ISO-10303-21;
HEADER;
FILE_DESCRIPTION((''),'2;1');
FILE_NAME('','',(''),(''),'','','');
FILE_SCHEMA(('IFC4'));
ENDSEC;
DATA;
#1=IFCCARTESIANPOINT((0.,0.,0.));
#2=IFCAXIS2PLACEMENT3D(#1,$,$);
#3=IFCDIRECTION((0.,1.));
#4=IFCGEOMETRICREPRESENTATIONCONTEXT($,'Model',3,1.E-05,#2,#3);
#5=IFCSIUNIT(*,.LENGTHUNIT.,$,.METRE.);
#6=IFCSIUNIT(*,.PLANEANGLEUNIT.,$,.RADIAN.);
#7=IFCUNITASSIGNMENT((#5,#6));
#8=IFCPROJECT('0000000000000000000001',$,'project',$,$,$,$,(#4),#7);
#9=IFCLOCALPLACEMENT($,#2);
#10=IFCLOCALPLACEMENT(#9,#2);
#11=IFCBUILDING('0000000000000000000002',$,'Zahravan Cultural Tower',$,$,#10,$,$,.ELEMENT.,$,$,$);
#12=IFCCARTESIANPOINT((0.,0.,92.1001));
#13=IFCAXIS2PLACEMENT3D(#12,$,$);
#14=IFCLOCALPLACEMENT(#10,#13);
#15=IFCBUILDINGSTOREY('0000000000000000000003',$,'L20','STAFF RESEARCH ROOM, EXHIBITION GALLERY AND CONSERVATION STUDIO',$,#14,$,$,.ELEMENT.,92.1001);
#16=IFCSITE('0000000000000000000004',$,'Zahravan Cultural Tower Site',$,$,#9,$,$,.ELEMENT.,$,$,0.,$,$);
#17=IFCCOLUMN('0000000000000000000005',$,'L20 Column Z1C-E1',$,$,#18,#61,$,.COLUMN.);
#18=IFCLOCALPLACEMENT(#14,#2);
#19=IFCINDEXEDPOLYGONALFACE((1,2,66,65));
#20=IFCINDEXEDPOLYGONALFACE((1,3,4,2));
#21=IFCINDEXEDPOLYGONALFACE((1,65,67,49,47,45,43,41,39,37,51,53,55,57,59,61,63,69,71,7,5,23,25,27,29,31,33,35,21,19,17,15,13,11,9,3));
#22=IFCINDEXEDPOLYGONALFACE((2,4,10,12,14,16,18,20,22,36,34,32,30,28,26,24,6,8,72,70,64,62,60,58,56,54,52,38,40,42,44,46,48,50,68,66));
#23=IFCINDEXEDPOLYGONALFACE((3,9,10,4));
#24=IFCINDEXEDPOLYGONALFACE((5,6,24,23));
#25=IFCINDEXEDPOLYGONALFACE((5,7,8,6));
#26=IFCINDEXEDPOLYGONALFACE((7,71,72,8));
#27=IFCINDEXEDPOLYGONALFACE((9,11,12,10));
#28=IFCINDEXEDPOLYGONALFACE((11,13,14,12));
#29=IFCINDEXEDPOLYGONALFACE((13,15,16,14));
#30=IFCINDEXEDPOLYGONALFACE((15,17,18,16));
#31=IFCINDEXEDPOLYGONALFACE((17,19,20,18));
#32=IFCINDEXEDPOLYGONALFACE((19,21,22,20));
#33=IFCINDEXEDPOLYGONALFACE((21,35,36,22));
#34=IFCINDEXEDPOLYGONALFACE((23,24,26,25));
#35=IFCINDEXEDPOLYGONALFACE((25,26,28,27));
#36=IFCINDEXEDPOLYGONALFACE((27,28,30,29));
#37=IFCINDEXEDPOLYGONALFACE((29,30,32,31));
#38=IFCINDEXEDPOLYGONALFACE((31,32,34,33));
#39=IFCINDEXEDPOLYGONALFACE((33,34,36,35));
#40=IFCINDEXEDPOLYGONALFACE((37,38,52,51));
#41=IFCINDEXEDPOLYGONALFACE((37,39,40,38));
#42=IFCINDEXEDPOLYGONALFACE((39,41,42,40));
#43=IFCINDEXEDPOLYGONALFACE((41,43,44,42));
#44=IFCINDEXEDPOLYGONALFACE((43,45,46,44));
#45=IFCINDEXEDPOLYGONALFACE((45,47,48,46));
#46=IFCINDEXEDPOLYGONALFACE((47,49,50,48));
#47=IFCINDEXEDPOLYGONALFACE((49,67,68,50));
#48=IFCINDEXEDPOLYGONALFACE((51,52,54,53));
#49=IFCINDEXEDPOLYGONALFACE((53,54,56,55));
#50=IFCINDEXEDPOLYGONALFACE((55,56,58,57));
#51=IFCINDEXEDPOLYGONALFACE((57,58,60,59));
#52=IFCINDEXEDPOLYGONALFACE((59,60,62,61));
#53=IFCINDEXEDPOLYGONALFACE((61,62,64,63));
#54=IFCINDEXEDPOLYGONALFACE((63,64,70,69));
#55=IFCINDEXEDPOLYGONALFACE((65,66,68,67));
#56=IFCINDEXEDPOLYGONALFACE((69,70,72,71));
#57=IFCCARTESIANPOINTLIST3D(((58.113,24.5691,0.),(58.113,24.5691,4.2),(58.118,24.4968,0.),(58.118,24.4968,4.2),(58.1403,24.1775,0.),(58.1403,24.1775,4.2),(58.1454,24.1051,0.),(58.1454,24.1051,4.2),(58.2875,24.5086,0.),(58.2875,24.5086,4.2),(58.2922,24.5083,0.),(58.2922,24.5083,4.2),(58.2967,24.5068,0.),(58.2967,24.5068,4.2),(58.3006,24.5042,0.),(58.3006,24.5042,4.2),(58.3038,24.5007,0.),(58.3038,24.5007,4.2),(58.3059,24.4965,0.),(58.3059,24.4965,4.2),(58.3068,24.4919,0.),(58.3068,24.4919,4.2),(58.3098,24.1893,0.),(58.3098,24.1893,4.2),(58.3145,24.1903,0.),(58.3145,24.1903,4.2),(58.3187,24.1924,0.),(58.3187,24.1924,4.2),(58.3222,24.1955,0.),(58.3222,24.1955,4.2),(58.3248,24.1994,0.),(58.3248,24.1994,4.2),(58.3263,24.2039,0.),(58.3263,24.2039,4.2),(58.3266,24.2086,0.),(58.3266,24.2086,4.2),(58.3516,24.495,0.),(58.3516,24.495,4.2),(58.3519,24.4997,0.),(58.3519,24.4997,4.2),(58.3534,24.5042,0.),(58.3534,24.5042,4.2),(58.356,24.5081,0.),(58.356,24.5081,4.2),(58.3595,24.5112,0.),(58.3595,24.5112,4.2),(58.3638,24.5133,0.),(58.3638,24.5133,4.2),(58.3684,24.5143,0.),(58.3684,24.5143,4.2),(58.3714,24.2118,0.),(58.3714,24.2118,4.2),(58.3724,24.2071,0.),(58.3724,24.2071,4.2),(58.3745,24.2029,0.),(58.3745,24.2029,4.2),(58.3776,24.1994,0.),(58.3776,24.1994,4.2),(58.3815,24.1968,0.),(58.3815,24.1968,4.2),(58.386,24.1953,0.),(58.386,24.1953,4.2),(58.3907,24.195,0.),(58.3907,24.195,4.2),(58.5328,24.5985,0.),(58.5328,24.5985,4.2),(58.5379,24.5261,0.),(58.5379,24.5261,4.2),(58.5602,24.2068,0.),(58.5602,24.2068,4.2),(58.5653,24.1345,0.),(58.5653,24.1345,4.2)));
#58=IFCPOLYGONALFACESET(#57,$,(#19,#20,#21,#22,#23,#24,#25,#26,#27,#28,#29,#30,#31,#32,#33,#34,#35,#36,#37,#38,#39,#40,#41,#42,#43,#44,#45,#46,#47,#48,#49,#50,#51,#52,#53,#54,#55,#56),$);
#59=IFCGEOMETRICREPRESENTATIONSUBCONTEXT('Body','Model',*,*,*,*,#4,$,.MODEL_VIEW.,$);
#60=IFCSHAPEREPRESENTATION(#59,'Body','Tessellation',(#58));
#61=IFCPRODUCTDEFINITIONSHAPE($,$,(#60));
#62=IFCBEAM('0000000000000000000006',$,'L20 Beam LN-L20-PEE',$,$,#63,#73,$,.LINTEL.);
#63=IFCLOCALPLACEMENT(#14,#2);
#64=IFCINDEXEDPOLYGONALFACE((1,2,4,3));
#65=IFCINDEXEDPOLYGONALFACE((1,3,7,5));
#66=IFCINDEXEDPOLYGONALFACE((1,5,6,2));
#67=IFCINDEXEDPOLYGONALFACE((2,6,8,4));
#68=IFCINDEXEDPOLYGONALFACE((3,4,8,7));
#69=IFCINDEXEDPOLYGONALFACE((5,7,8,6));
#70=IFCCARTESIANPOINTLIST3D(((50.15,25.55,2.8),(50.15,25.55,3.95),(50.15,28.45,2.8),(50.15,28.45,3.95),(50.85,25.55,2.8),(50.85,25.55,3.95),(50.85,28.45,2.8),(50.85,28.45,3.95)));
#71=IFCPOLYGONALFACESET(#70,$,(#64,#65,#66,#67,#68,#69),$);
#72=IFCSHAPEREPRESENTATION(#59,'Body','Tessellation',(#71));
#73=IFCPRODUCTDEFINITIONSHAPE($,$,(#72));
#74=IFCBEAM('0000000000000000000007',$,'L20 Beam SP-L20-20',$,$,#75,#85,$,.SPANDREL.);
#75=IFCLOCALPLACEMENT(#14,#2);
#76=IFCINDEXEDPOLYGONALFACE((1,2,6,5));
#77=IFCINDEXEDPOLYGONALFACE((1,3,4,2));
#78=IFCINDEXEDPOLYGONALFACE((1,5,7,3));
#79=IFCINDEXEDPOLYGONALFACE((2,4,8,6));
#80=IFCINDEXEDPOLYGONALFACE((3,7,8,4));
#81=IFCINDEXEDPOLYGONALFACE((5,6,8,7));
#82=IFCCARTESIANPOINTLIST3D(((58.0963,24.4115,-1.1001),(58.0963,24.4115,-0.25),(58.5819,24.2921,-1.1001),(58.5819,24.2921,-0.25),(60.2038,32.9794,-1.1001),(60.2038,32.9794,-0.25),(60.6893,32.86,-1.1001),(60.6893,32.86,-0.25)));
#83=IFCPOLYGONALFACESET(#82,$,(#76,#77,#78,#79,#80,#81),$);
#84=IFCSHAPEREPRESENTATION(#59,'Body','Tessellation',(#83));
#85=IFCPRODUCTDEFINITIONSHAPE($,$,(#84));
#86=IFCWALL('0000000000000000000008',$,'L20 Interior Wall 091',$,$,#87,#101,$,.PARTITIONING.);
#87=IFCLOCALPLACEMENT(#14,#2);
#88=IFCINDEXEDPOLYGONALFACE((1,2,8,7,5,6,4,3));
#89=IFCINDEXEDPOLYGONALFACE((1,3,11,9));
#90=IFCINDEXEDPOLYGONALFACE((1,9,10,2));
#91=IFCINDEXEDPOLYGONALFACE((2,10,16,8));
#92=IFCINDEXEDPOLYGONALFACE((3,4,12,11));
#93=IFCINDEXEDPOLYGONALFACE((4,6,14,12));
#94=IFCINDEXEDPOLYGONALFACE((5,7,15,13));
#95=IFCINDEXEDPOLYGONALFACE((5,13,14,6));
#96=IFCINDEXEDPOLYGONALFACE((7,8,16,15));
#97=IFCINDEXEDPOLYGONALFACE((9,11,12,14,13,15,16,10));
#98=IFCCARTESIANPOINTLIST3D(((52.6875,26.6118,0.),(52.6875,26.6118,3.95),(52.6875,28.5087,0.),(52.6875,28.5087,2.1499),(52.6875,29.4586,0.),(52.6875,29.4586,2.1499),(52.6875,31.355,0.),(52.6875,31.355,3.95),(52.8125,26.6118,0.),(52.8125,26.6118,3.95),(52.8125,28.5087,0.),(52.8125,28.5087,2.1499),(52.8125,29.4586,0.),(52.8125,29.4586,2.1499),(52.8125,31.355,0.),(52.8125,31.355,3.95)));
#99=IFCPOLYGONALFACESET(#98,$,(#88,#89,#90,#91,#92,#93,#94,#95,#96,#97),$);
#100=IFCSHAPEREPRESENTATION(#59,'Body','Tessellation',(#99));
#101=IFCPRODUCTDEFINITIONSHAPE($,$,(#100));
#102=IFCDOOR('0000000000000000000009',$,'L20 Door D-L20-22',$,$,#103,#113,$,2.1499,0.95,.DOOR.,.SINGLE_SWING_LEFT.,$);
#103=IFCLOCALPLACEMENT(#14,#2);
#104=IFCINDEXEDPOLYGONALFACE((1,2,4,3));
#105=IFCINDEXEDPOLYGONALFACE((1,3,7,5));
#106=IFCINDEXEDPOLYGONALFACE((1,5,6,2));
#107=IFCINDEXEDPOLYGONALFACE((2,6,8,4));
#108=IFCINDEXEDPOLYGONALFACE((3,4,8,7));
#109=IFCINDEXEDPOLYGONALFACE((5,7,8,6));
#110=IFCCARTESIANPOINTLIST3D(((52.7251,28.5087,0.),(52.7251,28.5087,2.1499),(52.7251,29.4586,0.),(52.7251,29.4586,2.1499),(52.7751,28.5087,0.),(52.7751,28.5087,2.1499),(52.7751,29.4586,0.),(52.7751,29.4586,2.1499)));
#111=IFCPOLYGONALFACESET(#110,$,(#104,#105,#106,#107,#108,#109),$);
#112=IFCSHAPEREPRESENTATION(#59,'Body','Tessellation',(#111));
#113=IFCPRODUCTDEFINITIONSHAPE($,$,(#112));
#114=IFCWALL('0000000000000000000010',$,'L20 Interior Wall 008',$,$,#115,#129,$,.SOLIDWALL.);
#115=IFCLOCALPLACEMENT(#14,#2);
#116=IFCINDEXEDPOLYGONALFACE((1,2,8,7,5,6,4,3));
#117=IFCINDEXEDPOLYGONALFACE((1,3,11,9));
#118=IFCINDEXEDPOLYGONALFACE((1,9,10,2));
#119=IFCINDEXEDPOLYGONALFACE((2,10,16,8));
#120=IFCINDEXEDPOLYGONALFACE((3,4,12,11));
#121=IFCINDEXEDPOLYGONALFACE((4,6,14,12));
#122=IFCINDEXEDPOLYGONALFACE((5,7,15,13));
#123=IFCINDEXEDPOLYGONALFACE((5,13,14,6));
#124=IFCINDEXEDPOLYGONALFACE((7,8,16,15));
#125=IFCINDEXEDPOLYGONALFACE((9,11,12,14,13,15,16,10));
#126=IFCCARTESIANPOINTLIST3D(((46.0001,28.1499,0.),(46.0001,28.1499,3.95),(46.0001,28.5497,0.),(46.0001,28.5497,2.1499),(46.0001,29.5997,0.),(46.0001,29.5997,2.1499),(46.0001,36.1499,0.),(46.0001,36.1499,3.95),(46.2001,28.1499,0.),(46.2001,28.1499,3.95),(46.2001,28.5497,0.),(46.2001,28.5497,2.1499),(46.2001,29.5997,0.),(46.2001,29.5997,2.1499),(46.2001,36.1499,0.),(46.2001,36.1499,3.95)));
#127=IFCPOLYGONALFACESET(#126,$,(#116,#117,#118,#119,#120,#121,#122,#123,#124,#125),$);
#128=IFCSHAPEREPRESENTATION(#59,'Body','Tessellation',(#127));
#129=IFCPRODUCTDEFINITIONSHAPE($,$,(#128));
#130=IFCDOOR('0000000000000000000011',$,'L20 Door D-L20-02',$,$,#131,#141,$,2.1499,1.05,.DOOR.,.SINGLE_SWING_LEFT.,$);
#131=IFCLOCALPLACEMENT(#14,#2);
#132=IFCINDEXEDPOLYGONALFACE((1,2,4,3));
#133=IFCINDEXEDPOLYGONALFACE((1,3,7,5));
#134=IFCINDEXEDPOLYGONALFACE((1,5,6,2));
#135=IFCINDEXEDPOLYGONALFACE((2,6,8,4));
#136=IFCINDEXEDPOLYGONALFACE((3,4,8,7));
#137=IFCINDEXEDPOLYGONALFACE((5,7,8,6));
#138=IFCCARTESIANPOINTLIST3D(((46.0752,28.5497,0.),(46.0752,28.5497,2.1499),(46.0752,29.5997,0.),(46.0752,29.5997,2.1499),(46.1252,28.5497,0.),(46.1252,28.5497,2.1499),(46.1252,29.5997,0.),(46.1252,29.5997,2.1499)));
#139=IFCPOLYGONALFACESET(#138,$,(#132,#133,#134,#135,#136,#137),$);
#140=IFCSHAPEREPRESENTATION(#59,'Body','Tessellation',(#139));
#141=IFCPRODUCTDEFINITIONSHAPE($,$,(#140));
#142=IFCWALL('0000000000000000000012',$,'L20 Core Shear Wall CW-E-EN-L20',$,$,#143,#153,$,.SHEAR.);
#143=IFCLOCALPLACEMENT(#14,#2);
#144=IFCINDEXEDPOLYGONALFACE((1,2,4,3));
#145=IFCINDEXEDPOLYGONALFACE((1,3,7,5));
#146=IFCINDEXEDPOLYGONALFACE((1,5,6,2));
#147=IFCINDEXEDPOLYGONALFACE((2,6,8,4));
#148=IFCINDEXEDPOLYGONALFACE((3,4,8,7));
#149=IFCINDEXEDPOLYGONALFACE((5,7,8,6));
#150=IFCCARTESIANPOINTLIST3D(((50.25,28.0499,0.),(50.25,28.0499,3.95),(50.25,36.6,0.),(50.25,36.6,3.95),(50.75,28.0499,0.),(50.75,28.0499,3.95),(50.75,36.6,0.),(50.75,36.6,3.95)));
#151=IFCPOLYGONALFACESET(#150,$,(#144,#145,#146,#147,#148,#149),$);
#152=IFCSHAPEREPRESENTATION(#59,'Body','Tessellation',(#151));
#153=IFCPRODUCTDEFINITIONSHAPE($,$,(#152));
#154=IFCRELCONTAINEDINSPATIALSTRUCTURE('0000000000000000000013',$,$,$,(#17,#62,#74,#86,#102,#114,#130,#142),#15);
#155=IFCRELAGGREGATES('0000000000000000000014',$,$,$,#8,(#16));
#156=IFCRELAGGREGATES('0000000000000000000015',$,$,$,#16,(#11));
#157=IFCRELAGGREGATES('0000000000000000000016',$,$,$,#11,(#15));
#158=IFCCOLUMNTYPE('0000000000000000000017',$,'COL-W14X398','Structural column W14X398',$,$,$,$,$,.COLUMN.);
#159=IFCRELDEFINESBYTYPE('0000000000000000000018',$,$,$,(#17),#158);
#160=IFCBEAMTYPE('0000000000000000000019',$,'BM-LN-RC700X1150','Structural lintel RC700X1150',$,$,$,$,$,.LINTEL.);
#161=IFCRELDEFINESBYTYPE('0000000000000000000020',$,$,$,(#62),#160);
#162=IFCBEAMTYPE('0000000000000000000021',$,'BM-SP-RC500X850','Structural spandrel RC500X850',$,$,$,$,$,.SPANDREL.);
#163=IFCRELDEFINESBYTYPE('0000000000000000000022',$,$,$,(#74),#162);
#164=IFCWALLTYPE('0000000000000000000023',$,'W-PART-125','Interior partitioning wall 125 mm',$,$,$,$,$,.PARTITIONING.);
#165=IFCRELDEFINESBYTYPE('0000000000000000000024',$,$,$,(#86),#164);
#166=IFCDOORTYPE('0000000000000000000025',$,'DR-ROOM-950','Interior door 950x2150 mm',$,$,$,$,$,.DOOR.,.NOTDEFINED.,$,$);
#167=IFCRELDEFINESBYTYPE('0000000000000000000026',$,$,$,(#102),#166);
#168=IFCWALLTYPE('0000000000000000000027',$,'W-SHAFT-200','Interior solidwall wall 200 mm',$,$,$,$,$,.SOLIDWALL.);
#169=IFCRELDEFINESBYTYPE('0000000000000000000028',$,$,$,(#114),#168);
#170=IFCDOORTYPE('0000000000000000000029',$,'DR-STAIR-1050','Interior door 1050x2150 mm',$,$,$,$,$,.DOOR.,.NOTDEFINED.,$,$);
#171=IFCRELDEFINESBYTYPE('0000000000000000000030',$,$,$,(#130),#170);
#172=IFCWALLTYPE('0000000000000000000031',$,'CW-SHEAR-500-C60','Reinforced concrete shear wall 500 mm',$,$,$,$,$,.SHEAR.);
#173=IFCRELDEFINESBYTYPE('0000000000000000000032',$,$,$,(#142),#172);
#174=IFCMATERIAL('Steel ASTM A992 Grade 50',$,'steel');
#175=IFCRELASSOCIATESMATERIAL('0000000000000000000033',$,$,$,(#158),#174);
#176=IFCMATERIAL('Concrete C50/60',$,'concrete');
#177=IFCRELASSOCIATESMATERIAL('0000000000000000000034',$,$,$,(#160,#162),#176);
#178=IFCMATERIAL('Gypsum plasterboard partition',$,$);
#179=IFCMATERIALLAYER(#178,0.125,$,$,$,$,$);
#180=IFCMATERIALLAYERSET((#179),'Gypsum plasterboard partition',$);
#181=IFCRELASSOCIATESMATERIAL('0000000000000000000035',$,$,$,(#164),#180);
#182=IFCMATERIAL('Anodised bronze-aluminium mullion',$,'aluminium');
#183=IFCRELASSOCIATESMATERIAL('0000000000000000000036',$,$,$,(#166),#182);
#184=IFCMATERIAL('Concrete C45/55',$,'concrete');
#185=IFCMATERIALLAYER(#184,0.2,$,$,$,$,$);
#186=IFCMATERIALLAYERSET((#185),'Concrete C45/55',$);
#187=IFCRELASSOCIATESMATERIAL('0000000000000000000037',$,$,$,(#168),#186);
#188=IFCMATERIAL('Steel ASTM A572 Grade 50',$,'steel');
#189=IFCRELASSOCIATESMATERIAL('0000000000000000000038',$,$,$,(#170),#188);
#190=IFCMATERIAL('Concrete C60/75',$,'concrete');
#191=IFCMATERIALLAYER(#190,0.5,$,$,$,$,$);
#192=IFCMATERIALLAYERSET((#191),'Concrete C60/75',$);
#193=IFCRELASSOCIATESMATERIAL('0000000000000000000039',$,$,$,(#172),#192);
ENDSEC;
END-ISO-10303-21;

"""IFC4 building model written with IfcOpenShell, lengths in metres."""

from ifc_helpers import new_model, si_unit, direction, frame, frame_2d, origin, origin_2d, place, context, subcontext, project, spatial, rectangle, i_section, extrude, source, transform, mapped, material, layer, layer_set, material_profile, profile_set, type_object, element, fill, save


model = new_model("IFC4")

# Units and contexts
model_context = context("Model", 3, precision=1e-05, world=origin(), true_north=direction((0.0, 1.0)))
body_context = subcontext(model_context, "Body", "Model", "MODEL_VIEW")
ifc_project = project(units=[si_unit("LENGTHUNIT", "METRE"), si_unit("PLANEANGLEUNIT", "RADIAN")], contexts=[model_context])

# Site, building, storey
site_placement = place(None, origin())
site = spatial("IfcSite", under=ifc_project, at=site_placement, Name="Zahravan Cultural Tower Site", CompositionType="ELEMENT", RefElevation=0.0)
building_placement = place(site_placement, origin())
building = spatial("IfcBuilding", under=site, at=building_placement, Name="Zahravan Cultural Tower", CompositionType="ELEMENT")
storey_placement = place(building_placement, frame((0.0, 0.0, 92.1001)))
storey = spatial("IfcBuildingStorey", under=building, at=storey_placement, Name="L20", Description="STAFF RESEARCH ROOM, EXHIBITION GALLERY AND CONSERVATION STUDIO", CompositionType="ELEMENT", Elevation=92.1001)

# Column
ifc_material_1 = material(Name="Steel ASTM A992 Grade 50", Category="steel")
ifc_material_profile_1 = material_profile(ifc_material_1, i_section(OverallWidth=0.4209, OverallDepth=0.4651, WebThickness=0.0449, FlangeThickness=0.0725, FilletRadius=0.0181, at=origin_2d()), Name="W14X398")
ifc_profile_set_1 = profile_set([ifc_material_profile_1], Name="Steel ASTM A992 Grade 50")
column_type = type_object("IfcColumnType", Name="COL-W14X398", Description="Structural column W14X398", PredefinedType="COLUMN", material=ifc_profile_set_1)
shared_shape_1 = source(origin(), body_context, "Body", "SweptSolid", [
    extrude(i_section(OverallWidth=0.4209, OverallDepth=0.4651, WebThickness=0.0449, FlangeThickness=0.0725, FilletRadius=0.0181, at=origin_2d()), origin(), (0.0, 0.0, 1.0), 4.2),
])
column_placement = place(storey_placement, frame((58.3391, 24.3518, 0.0), z_axis=(0.0, 0.0, 1.0), x_axis=(0.997564, 0.069756, 0.0)))
element("IfcColumn", 1, at=column_placement, inside=storey, type_object=column_type, Name="L20 Column Z1C-E1", PredefinedType="COLUMN", context=body_context, shape_type="MappedRepresentation", body=[
    mapped(shared_shape_1, transform((0.0, 0.0, 0.0), x_axis=(1.0, 0.0, 0.0), y_axis=(0.0, 1.0, 0.0), z_axis=(0.0, 0.0, 1.0), scale=1.0)),
])

# Beams
ifc_material_2 = material(Name="Concrete C50/60", Category="concrete")
ifc_material_profile_2 = material_profile(ifc_material_2, rectangle(XDim=0.7, YDim=1.1499, at=origin_2d()), Name="RC700X1150")
ifc_profile_set_2 = profile_set([ifc_material_profile_2], Name="Concrete C50/60")
beam_type_1 = type_object("IfcBeamType", Name="BM-LN-RC700X1150", Description="Structural lintel RC700X1150", PredefinedType="LINTEL", material=ifc_profile_set_2)
shared_shape_2 = source(origin(), body_context, "Body", "SweptSolid", [
    extrude(rectangle(XDim=0.7, YDim=1.1499, at=origin_2d()), origin(), (0.0, 0.0, 1.0), 2.8999),
])
beam_1_placement = place(storey_placement, frame((50.5, 25.55, 3.375), z_axis=(0.0, 1.0, 0.0), x_axis=(-1.0, 0.0, 0.0)))
element("IfcBeam", 2, at=beam_1_placement, inside=storey, type_object=beam_type_1, Name="L20 Beam LN-L20-PEE", PredefinedType="LINTEL", context=body_context, shape_type="MappedRepresentation", body=[
    mapped(shared_shape_2, transform((0.0, 0.0, 0.0), x_axis=(1.0, 0.0, 0.0), y_axis=(0.0, 1.0, 0.0), z_axis=(0.0, 0.0, 1.0), scale=1.0)),
])
ifc_material_profile_3 = material_profile(ifc_material_2, rectangle(XDim=0.5, YDim=0.8501, at=origin_2d()), Name="RC500X850")
ifc_profile_set_3 = profile_set([ifc_material_profile_3], Name="Concrete C50/60")
beam_type_2 = type_object("IfcBeamType", Name="BM-SP-RC500X850", Description="Structural spandrel RC500X850", PredefinedType="SPANDREL", material=ifc_profile_set_3)
shared_shape_3 = source(origin(), body_context, "Body", "SweptSolid", [
    extrude(rectangle(XDim=0.5, YDim=0.8501, at=origin_2d()), origin(), (0.0, 0.0, 1.0), 8.8232),
])
beam_2_placement = place(storey_placement, frame((58.3391, 24.3518, -0.675), z_axis=(0.238849, 0.971057, 0.0), x_axis=(-0.971057, 0.238849, 0.0)))
element("IfcBeam", 3, at=beam_2_placement, inside=storey, type_object=beam_type_2, Name="L20 Beam SP-L20-20", PredefinedType="SPANDREL", context=body_context, shape_type="MappedRepresentation", body=[
    mapped(shared_shape_3, transform((0.0, 0.0, 0.0), x_axis=(1.0, 0.0, 0.0), y_axis=(0.0, 1.0, 0.0), z_axis=(0.0, 0.0, 1.0), scale=1.0)),
])

# Walls, openings, doors
ifc_material_3 = material(Name="Gypsum plasterboard partition")
ifc_layer_1 = layer(ifc_material_3, 0.125)
ifc_layer_set_1 = layer_set([ifc_layer_1], Name="Gypsum plasterboard partition")
wall_type_1 = type_object("IfcWallType", Name="W-PART-125", Description="Interior partitioning wall 125 mm", PredefinedType="PARTITIONING", material=ifc_layer_set_1)
wall_1_placement = place(storey_placement, frame((52.75, 26.6118, 0.0), z_axis=(0.0, 0.0, 1.0), x_axis=(0.0, 1.0, 0.0)))
wall_1 = element("IfcWall", 4, at=wall_1_placement, inside=storey, type_object=wall_type_1, Name="L20 Interior Wall 091", PredefinedType="PARTITIONING", context=body_context, shape_type="SweptSolid", body=[
    extrude(rectangle(XDim=4.7432, YDim=0.125, at=frame_2d((2.3716, 0.0))), origin(), (0.0, 0.0, 1.0), 3.95),
])
opening_1_placement = place(wall_1_placement, frame((1.8967, 0.0, 0.0)))
opening_1 = element("IfcOpeningElement", 5, at=opening_1_placement, cuts=wall_1, PredefinedType="OPENING", context=body_context, shape_type="SweptSolid", body=[
    extrude(rectangle(XDim=0.95, YDim=2.1499, at=frame_2d((0.4751, 1.075))), frame((0.0, 0.0725, 0.0), z_axis=(0.0, -1.0, 0.0), x_axis=(1.0, 0.0, 0.0)), (0.0, 0.0, 1.0), 0.145),
])
ifc_material_4 = material(Name="Anodised bronze-aluminium mullion", Category="aluminium")
door_type_1 = type_object("IfcDoorType", Name="DR-ROOM-950", Description="Interior door 950x2150 mm", OperationType="NOTDEFINED", PredefinedType="DOOR", material=ifc_material_4)
shared_shape_4 = source(origin(), body_context, "Body", "SweptSolid", [
    extrude(rectangle(XDim=0.95, YDim=2.1499, at=frame_2d((0.4751, 1.075))), frame((0.0, 0.0249, 0.0), z_axis=(0.0, -1.0, 0.0), x_axis=(1.0, 0.0, 0.0)), (0.0, 0.0, 1.0), 0.05),
])
door_1_placement = place(opening_1_placement, origin())
door_1 = element("IfcDoor", 6, at=door_1_placement, inside=storey, type_object=door_type_1, Name="L20 Door D-L20-22", OperationType="SINGLE_SWING_LEFT", OverallHeight=2.1499, OverallWidth=0.95, PredefinedType="DOOR", context=body_context, shape_type="MappedRepresentation", body=[
    mapped(shared_shape_4, transform((0.0, 0.0, 0.0), x_axis=(1.0, 0.0, 0.0), y_axis=(0.0, 1.0, 0.0), z_axis=(0.0, 0.0, 1.0), scale=1.0)),
])
fill(opening_1, door_1)
ifc_material_5 = material(Name="Concrete C45/55", Category="concrete")
ifc_layer_2 = layer(ifc_material_5, 0.2)
ifc_layer_set_2 = layer_set([ifc_layer_2], Name="Concrete C45/55")
wall_type_2 = type_object("IfcWallType", Name="W-SHAFT-200", Description="Interior solidwall wall 200 mm", PredefinedType="SOLIDWALL", material=ifc_layer_set_2)
wall_2_placement = place(storey_placement, frame((46.1001, 28.1499, 0.0), z_axis=(0.0, 0.0, 1.0), x_axis=(0.0, 1.0, 0.0)))
wall_2 = element("IfcWall", 7, at=wall_2_placement, inside=storey, type_object=wall_type_2, Name="L20 Interior Wall 008", PredefinedType="SOLIDWALL", context=body_context, shape_type="SweptSolid", body=[
    extrude(rectangle(XDim=8.0, YDim=0.2, at=frame_2d((4.0, 0.0))), origin(), (0.0, 0.0, 1.0), 3.95),
])
opening_2_placement = place(wall_2_placement, frame((0.3999, 0.0, 0.0)))
opening_2 = element("IfcOpeningElement", 8, at=opening_2_placement, cuts=wall_2, PredefinedType="OPENING", context=body_context, shape_type="SweptSolid", body=[
    extrude(rectangle(XDim=1.05, YDim=2.1499, at=frame_2d((0.5249, 1.075))), frame((0.0, 0.1099, 0.0), z_axis=(0.0, -1.0, 0.0), x_axis=(1.0, 0.0, 0.0)), (0.0, 0.0, 1.0), 0.22),
])
ifc_material_6 = material(Name="Steel ASTM A572 Grade 50", Category="steel")
door_type_2 = type_object("IfcDoorType", Name="DR-STAIR-1050", Description="Interior door 1050x2150 mm", OperationType="NOTDEFINED", PredefinedType="DOOR", material=ifc_material_6)
shared_shape_5 = source(origin(), body_context, "Body", "SweptSolid", [
    extrude(rectangle(XDim=1.05, YDim=2.1499, at=frame_2d((0.5249, 1.075))), frame((0.0, 0.0249, 0.0), z_axis=(0.0, -1.0, 0.0), x_axis=(1.0, 0.0, 0.0)), (0.0, 0.0, 1.0), 0.05),
])
door_2_placement = place(opening_2_placement, origin())
door_2 = element("IfcDoor", 9, at=door_2_placement, inside=storey, type_object=door_type_2, Name="L20 Door D-L20-02", OperationType="SINGLE_SWING_LEFT", OverallHeight=2.1499, OverallWidth=1.05, PredefinedType="DOOR", context=body_context, shape_type="MappedRepresentation", body=[
    mapped(shared_shape_5, transform((0.0, 0.0, 0.0), x_axis=(1.0, 0.0, 0.0), y_axis=(0.0, 1.0, 0.0), z_axis=(0.0, 0.0, 1.0), scale=1.0)),
])
fill(opening_2, door_2)

# Wall
ifc_material_7 = material(Name="Concrete C60/75", Category="concrete")
ifc_layer_3 = layer(ifc_material_7, 0.5)
ifc_layer_set_3 = layer_set([ifc_layer_3], Name="Concrete C60/75")
wall_type_3 = type_object("IfcWallType", Name="CW-SHEAR-500-C60", Description="Reinforced concrete shear wall 500 mm", PredefinedType="SHEAR", material=ifc_layer_set_3)
shared_shape_6 = source(origin(), body_context, "Body", "SweptSolid", [
    extrude(rectangle(XDim=8.55, YDim=0.5, at=frame_2d((4.2749, 0.0))), origin(), (0.0, 0.0, 1.0), 3.95),
])
wall_3_placement = place(storey_placement, frame((50.5, 28.05, 0.0), z_axis=(0.0, 0.0, 1.0), x_axis=(0.0, 1.0, 0.0)))
element("IfcWall", 10, at=wall_3_placement, inside=storey, type_object=wall_type_3, Name="L20 Core Shear Wall CW-E-EN-L20", PredefinedType="SHEAR", context=body_context, shape_type="MappedRepresentation", body=[
    mapped(shared_shape_6, transform((0.0, 0.0, 0.0), x_axis=(1.0, 0.0, 0.0), y_axis=(0.0, 1.0, 0.0), z_axis=(0.0, 0.0, 1.0), scale=1.0)),
])

save(model, "model.ifc")
